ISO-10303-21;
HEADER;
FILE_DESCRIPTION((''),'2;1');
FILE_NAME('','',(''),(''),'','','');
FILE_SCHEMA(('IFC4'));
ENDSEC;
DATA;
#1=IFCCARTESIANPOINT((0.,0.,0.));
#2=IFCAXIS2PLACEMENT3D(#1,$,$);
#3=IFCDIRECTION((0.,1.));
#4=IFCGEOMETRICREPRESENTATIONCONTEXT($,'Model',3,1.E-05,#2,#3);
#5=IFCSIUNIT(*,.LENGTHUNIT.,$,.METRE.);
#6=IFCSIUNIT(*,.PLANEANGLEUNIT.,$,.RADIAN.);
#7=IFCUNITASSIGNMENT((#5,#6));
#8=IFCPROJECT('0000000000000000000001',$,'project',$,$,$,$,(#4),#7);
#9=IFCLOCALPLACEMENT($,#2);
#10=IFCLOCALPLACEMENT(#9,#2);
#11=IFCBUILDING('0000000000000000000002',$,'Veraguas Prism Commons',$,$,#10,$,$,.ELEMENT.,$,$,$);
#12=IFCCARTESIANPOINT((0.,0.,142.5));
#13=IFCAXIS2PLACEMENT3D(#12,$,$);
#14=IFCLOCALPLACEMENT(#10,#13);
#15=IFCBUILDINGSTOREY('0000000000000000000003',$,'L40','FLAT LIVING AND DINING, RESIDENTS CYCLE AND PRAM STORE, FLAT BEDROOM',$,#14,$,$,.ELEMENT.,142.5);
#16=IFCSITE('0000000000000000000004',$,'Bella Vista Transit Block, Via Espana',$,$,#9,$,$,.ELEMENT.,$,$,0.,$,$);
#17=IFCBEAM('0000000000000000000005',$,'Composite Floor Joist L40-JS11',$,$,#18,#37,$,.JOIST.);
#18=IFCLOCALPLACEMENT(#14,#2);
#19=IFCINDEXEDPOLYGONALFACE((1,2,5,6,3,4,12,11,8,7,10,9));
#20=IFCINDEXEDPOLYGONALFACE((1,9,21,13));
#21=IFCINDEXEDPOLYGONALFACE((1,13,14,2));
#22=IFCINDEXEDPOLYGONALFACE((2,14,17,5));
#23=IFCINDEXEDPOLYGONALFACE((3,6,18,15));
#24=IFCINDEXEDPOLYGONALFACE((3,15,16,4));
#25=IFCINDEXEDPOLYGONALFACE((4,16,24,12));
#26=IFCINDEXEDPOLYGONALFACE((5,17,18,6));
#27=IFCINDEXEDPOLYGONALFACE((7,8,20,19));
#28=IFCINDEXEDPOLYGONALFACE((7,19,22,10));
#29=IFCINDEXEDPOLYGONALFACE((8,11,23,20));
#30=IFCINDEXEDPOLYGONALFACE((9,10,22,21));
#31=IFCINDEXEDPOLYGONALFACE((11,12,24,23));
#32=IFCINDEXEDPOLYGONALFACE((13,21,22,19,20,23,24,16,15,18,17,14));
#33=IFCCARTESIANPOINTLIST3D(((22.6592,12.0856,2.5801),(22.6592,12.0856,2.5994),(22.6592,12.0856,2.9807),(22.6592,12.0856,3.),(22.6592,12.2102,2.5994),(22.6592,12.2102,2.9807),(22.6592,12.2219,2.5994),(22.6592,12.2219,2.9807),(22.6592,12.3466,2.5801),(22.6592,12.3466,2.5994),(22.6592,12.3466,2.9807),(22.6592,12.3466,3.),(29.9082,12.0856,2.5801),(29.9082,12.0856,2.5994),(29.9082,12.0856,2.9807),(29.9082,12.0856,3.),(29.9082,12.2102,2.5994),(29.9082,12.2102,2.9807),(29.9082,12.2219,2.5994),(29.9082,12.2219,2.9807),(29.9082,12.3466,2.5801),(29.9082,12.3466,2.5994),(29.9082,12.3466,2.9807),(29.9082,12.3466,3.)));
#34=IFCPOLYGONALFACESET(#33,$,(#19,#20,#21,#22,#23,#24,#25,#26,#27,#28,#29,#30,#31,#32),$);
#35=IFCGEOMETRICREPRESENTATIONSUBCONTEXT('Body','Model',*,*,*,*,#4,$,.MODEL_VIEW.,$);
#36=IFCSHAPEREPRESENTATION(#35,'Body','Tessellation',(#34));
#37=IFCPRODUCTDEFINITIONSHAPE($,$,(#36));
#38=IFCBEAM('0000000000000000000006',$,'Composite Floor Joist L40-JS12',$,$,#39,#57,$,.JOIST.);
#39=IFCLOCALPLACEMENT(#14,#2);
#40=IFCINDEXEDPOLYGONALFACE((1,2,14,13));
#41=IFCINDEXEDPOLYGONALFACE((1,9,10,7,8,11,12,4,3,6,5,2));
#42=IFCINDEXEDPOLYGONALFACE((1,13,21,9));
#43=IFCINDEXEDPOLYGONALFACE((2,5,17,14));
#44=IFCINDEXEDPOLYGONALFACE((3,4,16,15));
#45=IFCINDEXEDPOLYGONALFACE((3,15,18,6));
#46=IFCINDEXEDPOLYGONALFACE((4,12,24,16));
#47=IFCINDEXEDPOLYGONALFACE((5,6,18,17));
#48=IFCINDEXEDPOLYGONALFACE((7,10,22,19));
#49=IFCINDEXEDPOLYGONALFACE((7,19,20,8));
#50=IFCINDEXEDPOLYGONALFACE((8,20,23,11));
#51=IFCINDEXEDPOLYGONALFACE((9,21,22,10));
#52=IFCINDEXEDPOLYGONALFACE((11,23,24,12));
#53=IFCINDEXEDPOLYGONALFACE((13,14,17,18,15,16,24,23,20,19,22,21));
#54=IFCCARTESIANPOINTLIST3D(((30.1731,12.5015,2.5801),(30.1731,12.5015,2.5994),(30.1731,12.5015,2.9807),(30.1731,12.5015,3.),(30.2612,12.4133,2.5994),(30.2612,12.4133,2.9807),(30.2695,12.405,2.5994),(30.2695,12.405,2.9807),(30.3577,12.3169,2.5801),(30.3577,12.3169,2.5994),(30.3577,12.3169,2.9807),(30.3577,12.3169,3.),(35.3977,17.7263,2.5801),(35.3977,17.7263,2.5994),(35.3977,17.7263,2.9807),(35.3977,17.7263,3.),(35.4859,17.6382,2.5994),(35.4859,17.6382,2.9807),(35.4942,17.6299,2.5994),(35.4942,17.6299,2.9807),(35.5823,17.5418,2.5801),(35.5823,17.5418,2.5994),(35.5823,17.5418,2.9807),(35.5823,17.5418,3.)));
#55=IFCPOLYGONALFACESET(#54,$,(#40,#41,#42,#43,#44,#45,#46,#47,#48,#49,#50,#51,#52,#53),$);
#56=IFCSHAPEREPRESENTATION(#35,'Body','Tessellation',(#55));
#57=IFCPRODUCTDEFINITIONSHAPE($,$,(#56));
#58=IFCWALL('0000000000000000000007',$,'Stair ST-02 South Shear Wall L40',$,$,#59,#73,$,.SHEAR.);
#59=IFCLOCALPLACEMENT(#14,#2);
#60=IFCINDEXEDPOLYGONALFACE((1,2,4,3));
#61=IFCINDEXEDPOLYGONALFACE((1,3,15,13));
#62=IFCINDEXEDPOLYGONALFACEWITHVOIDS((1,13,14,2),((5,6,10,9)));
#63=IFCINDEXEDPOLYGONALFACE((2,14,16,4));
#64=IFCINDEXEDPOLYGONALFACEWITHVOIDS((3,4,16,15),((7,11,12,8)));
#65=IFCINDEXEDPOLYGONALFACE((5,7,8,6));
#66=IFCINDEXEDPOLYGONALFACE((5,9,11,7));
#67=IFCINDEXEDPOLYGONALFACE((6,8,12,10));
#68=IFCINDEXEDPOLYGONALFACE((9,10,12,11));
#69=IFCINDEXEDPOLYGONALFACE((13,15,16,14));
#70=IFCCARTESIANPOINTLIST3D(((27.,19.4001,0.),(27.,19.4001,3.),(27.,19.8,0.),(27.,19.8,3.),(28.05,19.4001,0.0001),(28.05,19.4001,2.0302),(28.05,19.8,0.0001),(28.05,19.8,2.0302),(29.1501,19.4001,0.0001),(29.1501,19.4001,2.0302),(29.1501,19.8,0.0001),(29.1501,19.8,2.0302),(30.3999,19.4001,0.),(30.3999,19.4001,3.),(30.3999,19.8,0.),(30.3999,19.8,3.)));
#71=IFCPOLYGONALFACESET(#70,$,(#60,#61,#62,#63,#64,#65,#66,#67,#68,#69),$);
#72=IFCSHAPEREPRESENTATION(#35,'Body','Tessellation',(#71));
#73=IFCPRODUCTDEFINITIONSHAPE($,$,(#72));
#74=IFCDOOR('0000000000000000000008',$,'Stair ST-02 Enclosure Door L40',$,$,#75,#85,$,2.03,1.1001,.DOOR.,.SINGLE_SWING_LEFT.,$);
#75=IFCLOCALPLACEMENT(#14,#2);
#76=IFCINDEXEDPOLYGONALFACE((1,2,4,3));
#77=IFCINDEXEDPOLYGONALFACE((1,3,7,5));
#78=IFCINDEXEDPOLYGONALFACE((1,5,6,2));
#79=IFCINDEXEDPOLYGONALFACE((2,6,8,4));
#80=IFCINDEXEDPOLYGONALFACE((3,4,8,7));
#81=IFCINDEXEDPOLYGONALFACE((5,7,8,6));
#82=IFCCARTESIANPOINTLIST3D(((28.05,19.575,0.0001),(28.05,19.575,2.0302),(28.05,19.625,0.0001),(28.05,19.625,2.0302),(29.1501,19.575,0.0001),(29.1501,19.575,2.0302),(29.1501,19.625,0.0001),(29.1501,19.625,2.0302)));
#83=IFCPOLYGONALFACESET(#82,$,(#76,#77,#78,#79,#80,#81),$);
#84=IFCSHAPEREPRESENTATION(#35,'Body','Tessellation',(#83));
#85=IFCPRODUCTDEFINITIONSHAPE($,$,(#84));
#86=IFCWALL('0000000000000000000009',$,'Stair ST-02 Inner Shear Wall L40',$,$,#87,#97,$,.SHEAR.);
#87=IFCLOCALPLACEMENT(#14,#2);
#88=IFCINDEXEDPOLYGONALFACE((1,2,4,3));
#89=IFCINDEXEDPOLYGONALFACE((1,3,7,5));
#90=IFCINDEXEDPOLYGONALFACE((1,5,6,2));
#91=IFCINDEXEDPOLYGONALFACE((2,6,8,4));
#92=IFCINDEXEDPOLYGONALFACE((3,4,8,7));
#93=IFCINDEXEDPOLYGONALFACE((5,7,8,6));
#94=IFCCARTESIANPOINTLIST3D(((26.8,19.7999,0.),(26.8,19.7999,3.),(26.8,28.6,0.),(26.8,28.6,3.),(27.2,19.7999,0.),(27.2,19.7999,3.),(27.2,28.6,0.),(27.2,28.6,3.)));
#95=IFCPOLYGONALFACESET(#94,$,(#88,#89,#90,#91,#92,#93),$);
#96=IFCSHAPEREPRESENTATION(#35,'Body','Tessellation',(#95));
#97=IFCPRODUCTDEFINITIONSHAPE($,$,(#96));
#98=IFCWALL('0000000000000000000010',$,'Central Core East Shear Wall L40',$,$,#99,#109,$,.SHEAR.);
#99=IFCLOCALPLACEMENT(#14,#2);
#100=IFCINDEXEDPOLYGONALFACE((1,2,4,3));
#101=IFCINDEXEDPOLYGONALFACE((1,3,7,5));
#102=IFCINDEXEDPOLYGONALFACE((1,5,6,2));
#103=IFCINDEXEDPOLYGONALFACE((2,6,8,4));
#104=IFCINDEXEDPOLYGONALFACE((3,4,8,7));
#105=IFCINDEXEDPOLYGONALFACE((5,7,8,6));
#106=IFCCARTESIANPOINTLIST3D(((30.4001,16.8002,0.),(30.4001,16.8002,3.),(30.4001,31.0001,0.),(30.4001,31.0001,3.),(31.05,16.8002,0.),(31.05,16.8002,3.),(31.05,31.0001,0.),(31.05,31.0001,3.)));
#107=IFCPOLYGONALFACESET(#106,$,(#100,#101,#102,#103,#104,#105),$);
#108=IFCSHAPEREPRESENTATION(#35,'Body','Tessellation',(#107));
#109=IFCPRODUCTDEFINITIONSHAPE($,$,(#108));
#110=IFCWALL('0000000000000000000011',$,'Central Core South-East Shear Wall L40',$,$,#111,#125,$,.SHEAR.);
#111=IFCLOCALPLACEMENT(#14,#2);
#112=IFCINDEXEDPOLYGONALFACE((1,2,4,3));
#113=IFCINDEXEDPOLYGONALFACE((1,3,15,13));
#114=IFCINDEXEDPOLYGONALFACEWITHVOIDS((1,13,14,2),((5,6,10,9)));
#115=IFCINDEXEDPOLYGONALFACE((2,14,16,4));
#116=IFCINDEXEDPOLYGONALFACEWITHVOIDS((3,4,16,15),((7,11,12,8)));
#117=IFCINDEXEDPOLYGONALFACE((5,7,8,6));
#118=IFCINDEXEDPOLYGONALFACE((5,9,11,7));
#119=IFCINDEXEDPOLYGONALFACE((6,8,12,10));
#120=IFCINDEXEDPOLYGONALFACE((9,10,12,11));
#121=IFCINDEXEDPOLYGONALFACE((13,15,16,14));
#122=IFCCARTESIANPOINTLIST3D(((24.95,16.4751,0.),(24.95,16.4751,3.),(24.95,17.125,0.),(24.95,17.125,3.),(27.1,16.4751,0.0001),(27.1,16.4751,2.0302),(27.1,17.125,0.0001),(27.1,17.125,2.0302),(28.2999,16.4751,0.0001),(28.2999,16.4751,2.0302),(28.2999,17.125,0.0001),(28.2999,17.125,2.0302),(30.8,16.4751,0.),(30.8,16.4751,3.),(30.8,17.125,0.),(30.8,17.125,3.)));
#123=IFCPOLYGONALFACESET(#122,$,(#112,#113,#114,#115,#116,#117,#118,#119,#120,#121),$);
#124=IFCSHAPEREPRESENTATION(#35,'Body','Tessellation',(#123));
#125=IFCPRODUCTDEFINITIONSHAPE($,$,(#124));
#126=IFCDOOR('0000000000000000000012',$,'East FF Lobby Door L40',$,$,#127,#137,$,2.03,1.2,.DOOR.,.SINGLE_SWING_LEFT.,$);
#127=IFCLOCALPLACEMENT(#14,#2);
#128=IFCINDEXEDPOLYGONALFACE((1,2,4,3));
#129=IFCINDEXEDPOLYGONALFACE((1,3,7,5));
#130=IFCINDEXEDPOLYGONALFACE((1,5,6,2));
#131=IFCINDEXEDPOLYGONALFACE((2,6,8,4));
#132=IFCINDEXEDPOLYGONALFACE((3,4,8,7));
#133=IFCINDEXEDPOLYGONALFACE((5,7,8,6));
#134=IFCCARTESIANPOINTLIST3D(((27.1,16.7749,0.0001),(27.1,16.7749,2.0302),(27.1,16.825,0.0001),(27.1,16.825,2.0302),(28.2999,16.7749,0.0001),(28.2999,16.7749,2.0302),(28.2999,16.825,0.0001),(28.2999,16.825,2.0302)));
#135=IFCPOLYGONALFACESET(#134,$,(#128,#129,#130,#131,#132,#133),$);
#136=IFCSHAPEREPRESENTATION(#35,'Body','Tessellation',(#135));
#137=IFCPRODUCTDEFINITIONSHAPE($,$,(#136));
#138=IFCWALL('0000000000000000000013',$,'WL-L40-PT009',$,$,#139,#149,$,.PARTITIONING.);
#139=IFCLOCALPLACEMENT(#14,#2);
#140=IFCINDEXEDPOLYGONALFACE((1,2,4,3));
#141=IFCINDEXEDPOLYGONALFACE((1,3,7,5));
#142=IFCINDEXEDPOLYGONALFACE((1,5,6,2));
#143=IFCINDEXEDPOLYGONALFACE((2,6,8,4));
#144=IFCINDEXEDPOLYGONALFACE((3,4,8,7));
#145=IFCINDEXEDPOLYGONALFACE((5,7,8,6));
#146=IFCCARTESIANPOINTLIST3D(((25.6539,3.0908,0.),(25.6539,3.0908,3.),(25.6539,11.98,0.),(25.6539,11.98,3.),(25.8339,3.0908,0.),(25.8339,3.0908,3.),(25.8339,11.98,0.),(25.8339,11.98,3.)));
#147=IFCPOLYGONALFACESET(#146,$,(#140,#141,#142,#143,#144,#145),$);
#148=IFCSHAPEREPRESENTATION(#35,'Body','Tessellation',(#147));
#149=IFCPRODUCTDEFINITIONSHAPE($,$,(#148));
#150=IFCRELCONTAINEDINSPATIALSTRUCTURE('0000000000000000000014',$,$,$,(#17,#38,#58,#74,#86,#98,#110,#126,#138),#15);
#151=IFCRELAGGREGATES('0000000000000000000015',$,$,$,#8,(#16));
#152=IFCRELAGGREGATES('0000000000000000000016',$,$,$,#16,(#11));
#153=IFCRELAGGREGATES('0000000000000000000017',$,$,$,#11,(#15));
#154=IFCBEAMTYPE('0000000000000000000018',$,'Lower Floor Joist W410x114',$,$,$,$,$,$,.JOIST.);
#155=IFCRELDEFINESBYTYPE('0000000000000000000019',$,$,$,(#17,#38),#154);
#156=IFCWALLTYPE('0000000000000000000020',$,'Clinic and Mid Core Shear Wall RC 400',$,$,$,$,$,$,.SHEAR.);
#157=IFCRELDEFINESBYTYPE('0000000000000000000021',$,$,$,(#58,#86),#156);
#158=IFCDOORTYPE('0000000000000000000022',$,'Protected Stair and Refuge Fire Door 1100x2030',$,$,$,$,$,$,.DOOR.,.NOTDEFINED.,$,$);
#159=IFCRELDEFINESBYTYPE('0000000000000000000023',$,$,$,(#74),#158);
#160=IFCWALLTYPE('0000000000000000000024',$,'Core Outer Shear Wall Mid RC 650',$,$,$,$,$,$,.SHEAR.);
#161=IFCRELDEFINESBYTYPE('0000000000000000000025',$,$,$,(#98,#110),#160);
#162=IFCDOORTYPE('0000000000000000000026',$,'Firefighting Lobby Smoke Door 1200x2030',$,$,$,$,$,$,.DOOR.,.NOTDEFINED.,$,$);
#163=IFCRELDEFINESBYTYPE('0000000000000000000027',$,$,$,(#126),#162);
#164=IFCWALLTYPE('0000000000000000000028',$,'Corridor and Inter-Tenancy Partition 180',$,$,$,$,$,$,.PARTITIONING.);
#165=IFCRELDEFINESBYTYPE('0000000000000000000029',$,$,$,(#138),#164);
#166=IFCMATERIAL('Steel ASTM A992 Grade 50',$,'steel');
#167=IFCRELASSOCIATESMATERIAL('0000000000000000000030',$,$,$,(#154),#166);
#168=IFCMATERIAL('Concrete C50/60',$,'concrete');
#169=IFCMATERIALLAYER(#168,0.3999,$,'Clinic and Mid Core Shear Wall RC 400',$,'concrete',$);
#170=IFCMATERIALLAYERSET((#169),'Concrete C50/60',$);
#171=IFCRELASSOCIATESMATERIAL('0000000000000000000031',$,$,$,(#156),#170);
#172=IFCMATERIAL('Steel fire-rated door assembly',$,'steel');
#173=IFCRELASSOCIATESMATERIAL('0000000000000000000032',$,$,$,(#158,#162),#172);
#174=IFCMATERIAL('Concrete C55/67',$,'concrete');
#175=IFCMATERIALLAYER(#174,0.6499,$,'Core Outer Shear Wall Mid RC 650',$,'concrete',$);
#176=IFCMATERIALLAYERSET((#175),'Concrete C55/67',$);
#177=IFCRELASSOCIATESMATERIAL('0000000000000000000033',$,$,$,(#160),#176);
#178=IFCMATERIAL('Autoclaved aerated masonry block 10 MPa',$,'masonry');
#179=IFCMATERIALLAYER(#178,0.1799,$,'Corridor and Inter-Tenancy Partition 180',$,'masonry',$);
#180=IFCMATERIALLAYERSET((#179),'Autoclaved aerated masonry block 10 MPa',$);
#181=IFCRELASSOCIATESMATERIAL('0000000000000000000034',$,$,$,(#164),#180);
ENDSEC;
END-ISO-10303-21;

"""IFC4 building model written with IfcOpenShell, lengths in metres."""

from ifc_helpers import new_model, si_unit, direction, frame, frame_2d, origin, origin_2d, place, context, subcontext, project, spatial, rectangle, i_section, extrude, source, transform, mapped, material, layer, layer_set, material_profile, profile_set, type_object, element, fill, save


model = new_model("IFC4")

# Units and contexts
model_context = context("Model", 3, precision=1e-05, world=origin(), true_north=direction((0.0, 1.0)))
body_context = subcontext(model_context, "Body", "Model", "MODEL_VIEW")
ifc_project = project(units=[si_unit("LENGTHUNIT", "METRE"), si_unit("PLANEANGLEUNIT", "RADIAN")], contexts=[model_context])

# Site, building, storey
site_placement = place(None, origin())
site = spatial("IfcSite", under=ifc_project, at=site_placement, Name="Bella Vista Transit Block, Via Espana", CompositionType="ELEMENT", RefElevation=0.0)
building_placement = place(site_placement, origin())
building = spatial("IfcBuilding", under=site, at=building_placement, Name="Veraguas Prism Commons", CompositionType="ELEMENT")
storey_placement = place(building_placement, frame((0.0, 0.0, 142.5)))
storey = spatial("IfcBuildingStorey", under=building, at=storey_placement, Name="L40", Description="FLAT LIVING AND DINING, RESIDENTS CYCLE AND PRAM STORE, FLAT BEDROOM", CompositionType="ELEMENT", Elevation=142.5)

# Beams
ifc_material_1 = material(Name="Steel ASTM A992 Grade 50", Category="steel")
ifc_material_profile = material_profile(ifc_material_1, i_section(OverallWidth=0.261, OverallDepth=0.4199, WebThickness=0.0117, FlangeThickness=0.0193, at=origin_2d()), Name="W410X114")
ifc_profile_set = profile_set([ifc_material_profile], Name="Steel ASTM A992 Grade 50")
beam_type = type_object("IfcBeamType", Name="Lower Floor Joist W410x114", PredefinedType="JOIST", material=ifc_profile_set)
beam_1_placement = place(storey_placement, frame((22.6592, 12.2161, 2.79), z_axis=(1.0, 0.0, 0.0), x_axis=(0.0, 1.0, 0.0)))
element("IfcBeam", 1, at=beam_1_placement, inside=storey, type_object=beam_type, Name="Composite Floor Joist L40-JS11", PredefinedType="JOIST", context=body_context, shape_type="SweptSolid", body=[
    extrude(i_section(OverallWidth=0.261, OverallDepth=0.4199, WebThickness=0.0117, FlangeThickness=0.0193, at=origin_2d()), origin(), (0.0, 0.0, 1.0), 7.249),
])
beam_2_placement = place(storey_placement, frame((30.2654, 12.4092, 2.79), z_axis=(0.70709, 0.707123, 0.0), x_axis=(-0.707123, 0.70709, 0.0)))
element("IfcBeam", 2, at=beam_2_placement, inside=storey, type_object=beam_type, Name="Composite Floor Joist L40-JS12", PredefinedType="JOIST", context=body_context, shape_type="SweptSolid", body=[
    extrude(i_section(OverallWidth=0.261, OverallDepth=0.4199, WebThickness=0.0117, FlangeThickness=0.0193, at=origin_2d()), origin(), (0.0, 0.0, 1.0), 7.3889),
])

# Wall, opening, door
ifc_material_2 = material(Name="Concrete C50/60", Category="concrete")
ifc_layer_1 = layer(ifc_material_2, 0.3999, Name="Clinic and Mid Core Shear Wall RC 400", Category="concrete")
ifc_layer_set_1 = layer_set([ifc_layer_1], Name="Concrete C50/60")
wall_type_1 = type_object("IfcWallType", Name="Clinic and Mid Core Shear Wall RC 400", PredefinedType="SHEAR", material=ifc_layer_set_1)
wall_1_placement = place(storey_placement, frame((27.0, 19.6001, 0.0), z_axis=(0.0, 0.0, 1.0), x_axis=(1.0, 0.0, 0.0)))
wall_1 = element("IfcWall", 3, at=wall_1_placement, inside=storey, type_object=wall_type_1, Name="Stair ST-02 South Shear Wall L40", PredefinedType="SHEAR", context=body_context, shape_type="SweptSolid", body=[
    extrude(rectangle(XDim=3.3999, YDim=0.3999, at=frame_2d((1.7, 0.0))), origin(), (0.0, 0.0, 1.0), 3.0),
])
opening_1_placement = place(wall_1_placement, frame((1.05, 0.0, 0.0)))
opening_1 = element("IfcOpeningElement", 4, at=opening_1_placement, cuts=wall_1, PredefinedType="OPENING", context=body_context, shape_type="SweptSolid", body=[
    extrude(rectangle(XDim=1.1001, YDim=2.03, at=frame_2d((0.55, 1.0151))), frame((0.0, 0.21, 0.0), z_axis=(0.0, -1.0, 0.0), x_axis=(1.0, 0.0, 0.0)), (0.0, 0.0, 1.0), 0.4199),
])
ifc_material_3 = material(Name="Steel fire-rated door assembly", Category="steel")
door_type_1 = type_object("IfcDoorType", Name="Protected Stair and Refuge Fire Door 1100x2030", OperationType="NOTDEFINED", PredefinedType="DOOR", material=ifc_material_3)
shared_shape_1 = source(origin(), body_context, "Body", "SweptSolid", [
    extrude(rectangle(XDim=1.1001, YDim=2.03, at=frame_2d((0.55, 1.0151))), frame((0.0, 0.0249, 0.0), z_axis=(0.0, -1.0, 0.0), x_axis=(1.0, 0.0, 0.0)), (0.0, 0.0, 1.0), 0.05),
])
door_1_placement = place(opening_1_placement, origin())
door_1 = element("IfcDoor", 5, at=door_1_placement, inside=storey, type_object=door_type_1, Name="Stair ST-02 Enclosure Door L40", OperationType="SINGLE_SWING_LEFT", OverallHeight=2.03, OverallWidth=1.1001, PredefinedType="DOOR", context=body_context, shape_type="MappedRepresentation", body=[
    mapped(shared_shape_1, transform((0.0, 0.0, 0.0), scale=1.0)),
])
fill(opening_1, door_1)

# Walls
wall_2_placement = place(storey_placement, frame((27.0, 19.8, 0.0), z_axis=(0.0, 0.0, 1.0), x_axis=(0.0, 1.0, 0.0)))
element("IfcWall", 6, at=wall_2_placement, inside=storey, type_object=wall_type_1, Name="Stair ST-02 Inner Shear Wall L40", PredefinedType="SHEAR", context=body_context, shape_type="SweptSolid", body=[
    extrude(rectangle(XDim=8.8, YDim=0.3999, at=frame_2d((4.3999, 0.0))), origin(), (0.0, 0.0, 1.0), 3.0),
])
ifc_material_4 = material(Name="Concrete C55/67", Category="concrete")
ifc_layer_2 = layer(ifc_material_4, 0.6499, Name="Core Outer Shear Wall Mid RC 650", Category="concrete")
ifc_layer_set_2 = layer_set([ifc_layer_2], Name="Concrete C55/67")
wall_type_2 = type_object("IfcWallType", Name="Core Outer Shear Wall Mid RC 650", PredefinedType="SHEAR", material=ifc_layer_set_2)
wall_3_placement = place(storey_placement, frame((30.7251, 16.8, 0.0), z_axis=(0.0, 0.0, 1.0), x_axis=(0.0, 1.0, 0.0)))
element("IfcWall", 7, at=wall_3_placement, inside=storey, type_object=wall_type_2, Name="Central Core East Shear Wall L40", PredefinedType="SHEAR", context=body_context, shape_type="SweptSolid", body=[
    extrude(rectangle(XDim=14.2, YDim=0.6499, at=frame_2d((7.1001, 0.0))), origin(), (0.0, 0.0, 1.0), 3.0),
])

# Wall, opening, door
wall_4_placement = place(storey_placement, frame((24.95, 16.8, 0.0), z_axis=(0.0, 0.0, 1.0), x_axis=(1.0, 0.0, 0.0)))
wall_4 = element("IfcWall", 8, at=wall_4_placement, inside=storey, type_object=wall_type_2, Name="Central Core South-East Shear Wall L40", PredefinedType="SHEAR", context=body_context, shape_type="SweptSolid", body=[
    extrude(rectangle(XDim=5.8501, YDim=0.6499, at=frame_2d((2.925, 0.0))), origin(), (0.0, 0.0, 1.0), 3.0),
])
opening_2_placement = place(wall_4_placement, frame((2.1499, 0.0, 0.0)))
opening_2 = element("IfcOpeningElement", 9, at=opening_2_placement, cuts=wall_4, PredefinedType="OPENING", context=body_context, shape_type="SweptSolid", body=[
    extrude(rectangle(XDim=1.2, YDim=2.03, at=frame_2d((0.6001, 1.0151))), frame((0.0, 0.335, 0.0), z_axis=(0.0, -1.0, 0.0), x_axis=(1.0, 0.0, 0.0)), (0.0, 0.0, 1.0), 0.6699),
])
door_type_2 = type_object("IfcDoorType", Name="Firefighting Lobby Smoke Door 1200x2030", OperationType="NOTDEFINED", PredefinedType="DOOR", material=ifc_material_3)
shared_shape_2 = source(origin(), body_context, "Body", "SweptSolid", [
    extrude(rectangle(XDim=1.2, YDim=2.03, at=frame_2d((0.6001, 1.0151))), frame((0.0, 0.0249, 0.0), z_axis=(0.0, -1.0, 0.0), x_axis=(1.0, 0.0, 0.0)), (0.0, 0.0, 1.0), 0.05),
])
door_2_placement = place(opening_2_placement, origin())
door_2 = element("IfcDoor", 10, at=door_2_placement, inside=storey, type_object=door_type_2, Name="East FF Lobby Door L40", OperationType="SINGLE_SWING_LEFT", OverallHeight=2.03, OverallWidth=1.2, PredefinedType="DOOR", context=body_context, shape_type="MappedRepresentation", body=[
    mapped(shared_shape_2, transform((0.0, 0.0, 0.0), scale=1.0)),
])
fill(opening_2, door_2)

# Wall
ifc_material_5 = material(Name="Autoclaved aerated masonry block 10 MPa", Category="masonry")
ifc_layer_3 = layer(ifc_material_5, 0.1799, Name="Corridor and Inter-Tenancy Partition 180", Category="masonry")
ifc_layer_set_3 = layer_set([ifc_layer_3], Name="Autoclaved aerated masonry block 10 MPa")
wall_type_3 = type_object("IfcWallType", Name="Corridor and Inter-Tenancy Partition 180", PredefinedType="PARTITIONING", material=ifc_layer_set_3)
wall_5_placement = place(storey_placement, frame((25.7439, 11.98, 0.0), z_axis=(0.0, 0.0, 1.0), x_axis=(0.0, -1.0, 0.0)))
element("IfcWall", 11, at=wall_5_placement, inside=storey, type_object=wall_type_3, Name="WL-L40-PT009", PredefinedType="PARTITIONING", context=body_context, shape_type="SweptSolid", body=[
    extrude(rectangle(XDim=8.8892, YDim=0.1799, at=frame_2d((4.4446, 0.0))), origin(), (0.0, 0.0, 1.0), 3.0),
])

save(model, "model.ifc")
